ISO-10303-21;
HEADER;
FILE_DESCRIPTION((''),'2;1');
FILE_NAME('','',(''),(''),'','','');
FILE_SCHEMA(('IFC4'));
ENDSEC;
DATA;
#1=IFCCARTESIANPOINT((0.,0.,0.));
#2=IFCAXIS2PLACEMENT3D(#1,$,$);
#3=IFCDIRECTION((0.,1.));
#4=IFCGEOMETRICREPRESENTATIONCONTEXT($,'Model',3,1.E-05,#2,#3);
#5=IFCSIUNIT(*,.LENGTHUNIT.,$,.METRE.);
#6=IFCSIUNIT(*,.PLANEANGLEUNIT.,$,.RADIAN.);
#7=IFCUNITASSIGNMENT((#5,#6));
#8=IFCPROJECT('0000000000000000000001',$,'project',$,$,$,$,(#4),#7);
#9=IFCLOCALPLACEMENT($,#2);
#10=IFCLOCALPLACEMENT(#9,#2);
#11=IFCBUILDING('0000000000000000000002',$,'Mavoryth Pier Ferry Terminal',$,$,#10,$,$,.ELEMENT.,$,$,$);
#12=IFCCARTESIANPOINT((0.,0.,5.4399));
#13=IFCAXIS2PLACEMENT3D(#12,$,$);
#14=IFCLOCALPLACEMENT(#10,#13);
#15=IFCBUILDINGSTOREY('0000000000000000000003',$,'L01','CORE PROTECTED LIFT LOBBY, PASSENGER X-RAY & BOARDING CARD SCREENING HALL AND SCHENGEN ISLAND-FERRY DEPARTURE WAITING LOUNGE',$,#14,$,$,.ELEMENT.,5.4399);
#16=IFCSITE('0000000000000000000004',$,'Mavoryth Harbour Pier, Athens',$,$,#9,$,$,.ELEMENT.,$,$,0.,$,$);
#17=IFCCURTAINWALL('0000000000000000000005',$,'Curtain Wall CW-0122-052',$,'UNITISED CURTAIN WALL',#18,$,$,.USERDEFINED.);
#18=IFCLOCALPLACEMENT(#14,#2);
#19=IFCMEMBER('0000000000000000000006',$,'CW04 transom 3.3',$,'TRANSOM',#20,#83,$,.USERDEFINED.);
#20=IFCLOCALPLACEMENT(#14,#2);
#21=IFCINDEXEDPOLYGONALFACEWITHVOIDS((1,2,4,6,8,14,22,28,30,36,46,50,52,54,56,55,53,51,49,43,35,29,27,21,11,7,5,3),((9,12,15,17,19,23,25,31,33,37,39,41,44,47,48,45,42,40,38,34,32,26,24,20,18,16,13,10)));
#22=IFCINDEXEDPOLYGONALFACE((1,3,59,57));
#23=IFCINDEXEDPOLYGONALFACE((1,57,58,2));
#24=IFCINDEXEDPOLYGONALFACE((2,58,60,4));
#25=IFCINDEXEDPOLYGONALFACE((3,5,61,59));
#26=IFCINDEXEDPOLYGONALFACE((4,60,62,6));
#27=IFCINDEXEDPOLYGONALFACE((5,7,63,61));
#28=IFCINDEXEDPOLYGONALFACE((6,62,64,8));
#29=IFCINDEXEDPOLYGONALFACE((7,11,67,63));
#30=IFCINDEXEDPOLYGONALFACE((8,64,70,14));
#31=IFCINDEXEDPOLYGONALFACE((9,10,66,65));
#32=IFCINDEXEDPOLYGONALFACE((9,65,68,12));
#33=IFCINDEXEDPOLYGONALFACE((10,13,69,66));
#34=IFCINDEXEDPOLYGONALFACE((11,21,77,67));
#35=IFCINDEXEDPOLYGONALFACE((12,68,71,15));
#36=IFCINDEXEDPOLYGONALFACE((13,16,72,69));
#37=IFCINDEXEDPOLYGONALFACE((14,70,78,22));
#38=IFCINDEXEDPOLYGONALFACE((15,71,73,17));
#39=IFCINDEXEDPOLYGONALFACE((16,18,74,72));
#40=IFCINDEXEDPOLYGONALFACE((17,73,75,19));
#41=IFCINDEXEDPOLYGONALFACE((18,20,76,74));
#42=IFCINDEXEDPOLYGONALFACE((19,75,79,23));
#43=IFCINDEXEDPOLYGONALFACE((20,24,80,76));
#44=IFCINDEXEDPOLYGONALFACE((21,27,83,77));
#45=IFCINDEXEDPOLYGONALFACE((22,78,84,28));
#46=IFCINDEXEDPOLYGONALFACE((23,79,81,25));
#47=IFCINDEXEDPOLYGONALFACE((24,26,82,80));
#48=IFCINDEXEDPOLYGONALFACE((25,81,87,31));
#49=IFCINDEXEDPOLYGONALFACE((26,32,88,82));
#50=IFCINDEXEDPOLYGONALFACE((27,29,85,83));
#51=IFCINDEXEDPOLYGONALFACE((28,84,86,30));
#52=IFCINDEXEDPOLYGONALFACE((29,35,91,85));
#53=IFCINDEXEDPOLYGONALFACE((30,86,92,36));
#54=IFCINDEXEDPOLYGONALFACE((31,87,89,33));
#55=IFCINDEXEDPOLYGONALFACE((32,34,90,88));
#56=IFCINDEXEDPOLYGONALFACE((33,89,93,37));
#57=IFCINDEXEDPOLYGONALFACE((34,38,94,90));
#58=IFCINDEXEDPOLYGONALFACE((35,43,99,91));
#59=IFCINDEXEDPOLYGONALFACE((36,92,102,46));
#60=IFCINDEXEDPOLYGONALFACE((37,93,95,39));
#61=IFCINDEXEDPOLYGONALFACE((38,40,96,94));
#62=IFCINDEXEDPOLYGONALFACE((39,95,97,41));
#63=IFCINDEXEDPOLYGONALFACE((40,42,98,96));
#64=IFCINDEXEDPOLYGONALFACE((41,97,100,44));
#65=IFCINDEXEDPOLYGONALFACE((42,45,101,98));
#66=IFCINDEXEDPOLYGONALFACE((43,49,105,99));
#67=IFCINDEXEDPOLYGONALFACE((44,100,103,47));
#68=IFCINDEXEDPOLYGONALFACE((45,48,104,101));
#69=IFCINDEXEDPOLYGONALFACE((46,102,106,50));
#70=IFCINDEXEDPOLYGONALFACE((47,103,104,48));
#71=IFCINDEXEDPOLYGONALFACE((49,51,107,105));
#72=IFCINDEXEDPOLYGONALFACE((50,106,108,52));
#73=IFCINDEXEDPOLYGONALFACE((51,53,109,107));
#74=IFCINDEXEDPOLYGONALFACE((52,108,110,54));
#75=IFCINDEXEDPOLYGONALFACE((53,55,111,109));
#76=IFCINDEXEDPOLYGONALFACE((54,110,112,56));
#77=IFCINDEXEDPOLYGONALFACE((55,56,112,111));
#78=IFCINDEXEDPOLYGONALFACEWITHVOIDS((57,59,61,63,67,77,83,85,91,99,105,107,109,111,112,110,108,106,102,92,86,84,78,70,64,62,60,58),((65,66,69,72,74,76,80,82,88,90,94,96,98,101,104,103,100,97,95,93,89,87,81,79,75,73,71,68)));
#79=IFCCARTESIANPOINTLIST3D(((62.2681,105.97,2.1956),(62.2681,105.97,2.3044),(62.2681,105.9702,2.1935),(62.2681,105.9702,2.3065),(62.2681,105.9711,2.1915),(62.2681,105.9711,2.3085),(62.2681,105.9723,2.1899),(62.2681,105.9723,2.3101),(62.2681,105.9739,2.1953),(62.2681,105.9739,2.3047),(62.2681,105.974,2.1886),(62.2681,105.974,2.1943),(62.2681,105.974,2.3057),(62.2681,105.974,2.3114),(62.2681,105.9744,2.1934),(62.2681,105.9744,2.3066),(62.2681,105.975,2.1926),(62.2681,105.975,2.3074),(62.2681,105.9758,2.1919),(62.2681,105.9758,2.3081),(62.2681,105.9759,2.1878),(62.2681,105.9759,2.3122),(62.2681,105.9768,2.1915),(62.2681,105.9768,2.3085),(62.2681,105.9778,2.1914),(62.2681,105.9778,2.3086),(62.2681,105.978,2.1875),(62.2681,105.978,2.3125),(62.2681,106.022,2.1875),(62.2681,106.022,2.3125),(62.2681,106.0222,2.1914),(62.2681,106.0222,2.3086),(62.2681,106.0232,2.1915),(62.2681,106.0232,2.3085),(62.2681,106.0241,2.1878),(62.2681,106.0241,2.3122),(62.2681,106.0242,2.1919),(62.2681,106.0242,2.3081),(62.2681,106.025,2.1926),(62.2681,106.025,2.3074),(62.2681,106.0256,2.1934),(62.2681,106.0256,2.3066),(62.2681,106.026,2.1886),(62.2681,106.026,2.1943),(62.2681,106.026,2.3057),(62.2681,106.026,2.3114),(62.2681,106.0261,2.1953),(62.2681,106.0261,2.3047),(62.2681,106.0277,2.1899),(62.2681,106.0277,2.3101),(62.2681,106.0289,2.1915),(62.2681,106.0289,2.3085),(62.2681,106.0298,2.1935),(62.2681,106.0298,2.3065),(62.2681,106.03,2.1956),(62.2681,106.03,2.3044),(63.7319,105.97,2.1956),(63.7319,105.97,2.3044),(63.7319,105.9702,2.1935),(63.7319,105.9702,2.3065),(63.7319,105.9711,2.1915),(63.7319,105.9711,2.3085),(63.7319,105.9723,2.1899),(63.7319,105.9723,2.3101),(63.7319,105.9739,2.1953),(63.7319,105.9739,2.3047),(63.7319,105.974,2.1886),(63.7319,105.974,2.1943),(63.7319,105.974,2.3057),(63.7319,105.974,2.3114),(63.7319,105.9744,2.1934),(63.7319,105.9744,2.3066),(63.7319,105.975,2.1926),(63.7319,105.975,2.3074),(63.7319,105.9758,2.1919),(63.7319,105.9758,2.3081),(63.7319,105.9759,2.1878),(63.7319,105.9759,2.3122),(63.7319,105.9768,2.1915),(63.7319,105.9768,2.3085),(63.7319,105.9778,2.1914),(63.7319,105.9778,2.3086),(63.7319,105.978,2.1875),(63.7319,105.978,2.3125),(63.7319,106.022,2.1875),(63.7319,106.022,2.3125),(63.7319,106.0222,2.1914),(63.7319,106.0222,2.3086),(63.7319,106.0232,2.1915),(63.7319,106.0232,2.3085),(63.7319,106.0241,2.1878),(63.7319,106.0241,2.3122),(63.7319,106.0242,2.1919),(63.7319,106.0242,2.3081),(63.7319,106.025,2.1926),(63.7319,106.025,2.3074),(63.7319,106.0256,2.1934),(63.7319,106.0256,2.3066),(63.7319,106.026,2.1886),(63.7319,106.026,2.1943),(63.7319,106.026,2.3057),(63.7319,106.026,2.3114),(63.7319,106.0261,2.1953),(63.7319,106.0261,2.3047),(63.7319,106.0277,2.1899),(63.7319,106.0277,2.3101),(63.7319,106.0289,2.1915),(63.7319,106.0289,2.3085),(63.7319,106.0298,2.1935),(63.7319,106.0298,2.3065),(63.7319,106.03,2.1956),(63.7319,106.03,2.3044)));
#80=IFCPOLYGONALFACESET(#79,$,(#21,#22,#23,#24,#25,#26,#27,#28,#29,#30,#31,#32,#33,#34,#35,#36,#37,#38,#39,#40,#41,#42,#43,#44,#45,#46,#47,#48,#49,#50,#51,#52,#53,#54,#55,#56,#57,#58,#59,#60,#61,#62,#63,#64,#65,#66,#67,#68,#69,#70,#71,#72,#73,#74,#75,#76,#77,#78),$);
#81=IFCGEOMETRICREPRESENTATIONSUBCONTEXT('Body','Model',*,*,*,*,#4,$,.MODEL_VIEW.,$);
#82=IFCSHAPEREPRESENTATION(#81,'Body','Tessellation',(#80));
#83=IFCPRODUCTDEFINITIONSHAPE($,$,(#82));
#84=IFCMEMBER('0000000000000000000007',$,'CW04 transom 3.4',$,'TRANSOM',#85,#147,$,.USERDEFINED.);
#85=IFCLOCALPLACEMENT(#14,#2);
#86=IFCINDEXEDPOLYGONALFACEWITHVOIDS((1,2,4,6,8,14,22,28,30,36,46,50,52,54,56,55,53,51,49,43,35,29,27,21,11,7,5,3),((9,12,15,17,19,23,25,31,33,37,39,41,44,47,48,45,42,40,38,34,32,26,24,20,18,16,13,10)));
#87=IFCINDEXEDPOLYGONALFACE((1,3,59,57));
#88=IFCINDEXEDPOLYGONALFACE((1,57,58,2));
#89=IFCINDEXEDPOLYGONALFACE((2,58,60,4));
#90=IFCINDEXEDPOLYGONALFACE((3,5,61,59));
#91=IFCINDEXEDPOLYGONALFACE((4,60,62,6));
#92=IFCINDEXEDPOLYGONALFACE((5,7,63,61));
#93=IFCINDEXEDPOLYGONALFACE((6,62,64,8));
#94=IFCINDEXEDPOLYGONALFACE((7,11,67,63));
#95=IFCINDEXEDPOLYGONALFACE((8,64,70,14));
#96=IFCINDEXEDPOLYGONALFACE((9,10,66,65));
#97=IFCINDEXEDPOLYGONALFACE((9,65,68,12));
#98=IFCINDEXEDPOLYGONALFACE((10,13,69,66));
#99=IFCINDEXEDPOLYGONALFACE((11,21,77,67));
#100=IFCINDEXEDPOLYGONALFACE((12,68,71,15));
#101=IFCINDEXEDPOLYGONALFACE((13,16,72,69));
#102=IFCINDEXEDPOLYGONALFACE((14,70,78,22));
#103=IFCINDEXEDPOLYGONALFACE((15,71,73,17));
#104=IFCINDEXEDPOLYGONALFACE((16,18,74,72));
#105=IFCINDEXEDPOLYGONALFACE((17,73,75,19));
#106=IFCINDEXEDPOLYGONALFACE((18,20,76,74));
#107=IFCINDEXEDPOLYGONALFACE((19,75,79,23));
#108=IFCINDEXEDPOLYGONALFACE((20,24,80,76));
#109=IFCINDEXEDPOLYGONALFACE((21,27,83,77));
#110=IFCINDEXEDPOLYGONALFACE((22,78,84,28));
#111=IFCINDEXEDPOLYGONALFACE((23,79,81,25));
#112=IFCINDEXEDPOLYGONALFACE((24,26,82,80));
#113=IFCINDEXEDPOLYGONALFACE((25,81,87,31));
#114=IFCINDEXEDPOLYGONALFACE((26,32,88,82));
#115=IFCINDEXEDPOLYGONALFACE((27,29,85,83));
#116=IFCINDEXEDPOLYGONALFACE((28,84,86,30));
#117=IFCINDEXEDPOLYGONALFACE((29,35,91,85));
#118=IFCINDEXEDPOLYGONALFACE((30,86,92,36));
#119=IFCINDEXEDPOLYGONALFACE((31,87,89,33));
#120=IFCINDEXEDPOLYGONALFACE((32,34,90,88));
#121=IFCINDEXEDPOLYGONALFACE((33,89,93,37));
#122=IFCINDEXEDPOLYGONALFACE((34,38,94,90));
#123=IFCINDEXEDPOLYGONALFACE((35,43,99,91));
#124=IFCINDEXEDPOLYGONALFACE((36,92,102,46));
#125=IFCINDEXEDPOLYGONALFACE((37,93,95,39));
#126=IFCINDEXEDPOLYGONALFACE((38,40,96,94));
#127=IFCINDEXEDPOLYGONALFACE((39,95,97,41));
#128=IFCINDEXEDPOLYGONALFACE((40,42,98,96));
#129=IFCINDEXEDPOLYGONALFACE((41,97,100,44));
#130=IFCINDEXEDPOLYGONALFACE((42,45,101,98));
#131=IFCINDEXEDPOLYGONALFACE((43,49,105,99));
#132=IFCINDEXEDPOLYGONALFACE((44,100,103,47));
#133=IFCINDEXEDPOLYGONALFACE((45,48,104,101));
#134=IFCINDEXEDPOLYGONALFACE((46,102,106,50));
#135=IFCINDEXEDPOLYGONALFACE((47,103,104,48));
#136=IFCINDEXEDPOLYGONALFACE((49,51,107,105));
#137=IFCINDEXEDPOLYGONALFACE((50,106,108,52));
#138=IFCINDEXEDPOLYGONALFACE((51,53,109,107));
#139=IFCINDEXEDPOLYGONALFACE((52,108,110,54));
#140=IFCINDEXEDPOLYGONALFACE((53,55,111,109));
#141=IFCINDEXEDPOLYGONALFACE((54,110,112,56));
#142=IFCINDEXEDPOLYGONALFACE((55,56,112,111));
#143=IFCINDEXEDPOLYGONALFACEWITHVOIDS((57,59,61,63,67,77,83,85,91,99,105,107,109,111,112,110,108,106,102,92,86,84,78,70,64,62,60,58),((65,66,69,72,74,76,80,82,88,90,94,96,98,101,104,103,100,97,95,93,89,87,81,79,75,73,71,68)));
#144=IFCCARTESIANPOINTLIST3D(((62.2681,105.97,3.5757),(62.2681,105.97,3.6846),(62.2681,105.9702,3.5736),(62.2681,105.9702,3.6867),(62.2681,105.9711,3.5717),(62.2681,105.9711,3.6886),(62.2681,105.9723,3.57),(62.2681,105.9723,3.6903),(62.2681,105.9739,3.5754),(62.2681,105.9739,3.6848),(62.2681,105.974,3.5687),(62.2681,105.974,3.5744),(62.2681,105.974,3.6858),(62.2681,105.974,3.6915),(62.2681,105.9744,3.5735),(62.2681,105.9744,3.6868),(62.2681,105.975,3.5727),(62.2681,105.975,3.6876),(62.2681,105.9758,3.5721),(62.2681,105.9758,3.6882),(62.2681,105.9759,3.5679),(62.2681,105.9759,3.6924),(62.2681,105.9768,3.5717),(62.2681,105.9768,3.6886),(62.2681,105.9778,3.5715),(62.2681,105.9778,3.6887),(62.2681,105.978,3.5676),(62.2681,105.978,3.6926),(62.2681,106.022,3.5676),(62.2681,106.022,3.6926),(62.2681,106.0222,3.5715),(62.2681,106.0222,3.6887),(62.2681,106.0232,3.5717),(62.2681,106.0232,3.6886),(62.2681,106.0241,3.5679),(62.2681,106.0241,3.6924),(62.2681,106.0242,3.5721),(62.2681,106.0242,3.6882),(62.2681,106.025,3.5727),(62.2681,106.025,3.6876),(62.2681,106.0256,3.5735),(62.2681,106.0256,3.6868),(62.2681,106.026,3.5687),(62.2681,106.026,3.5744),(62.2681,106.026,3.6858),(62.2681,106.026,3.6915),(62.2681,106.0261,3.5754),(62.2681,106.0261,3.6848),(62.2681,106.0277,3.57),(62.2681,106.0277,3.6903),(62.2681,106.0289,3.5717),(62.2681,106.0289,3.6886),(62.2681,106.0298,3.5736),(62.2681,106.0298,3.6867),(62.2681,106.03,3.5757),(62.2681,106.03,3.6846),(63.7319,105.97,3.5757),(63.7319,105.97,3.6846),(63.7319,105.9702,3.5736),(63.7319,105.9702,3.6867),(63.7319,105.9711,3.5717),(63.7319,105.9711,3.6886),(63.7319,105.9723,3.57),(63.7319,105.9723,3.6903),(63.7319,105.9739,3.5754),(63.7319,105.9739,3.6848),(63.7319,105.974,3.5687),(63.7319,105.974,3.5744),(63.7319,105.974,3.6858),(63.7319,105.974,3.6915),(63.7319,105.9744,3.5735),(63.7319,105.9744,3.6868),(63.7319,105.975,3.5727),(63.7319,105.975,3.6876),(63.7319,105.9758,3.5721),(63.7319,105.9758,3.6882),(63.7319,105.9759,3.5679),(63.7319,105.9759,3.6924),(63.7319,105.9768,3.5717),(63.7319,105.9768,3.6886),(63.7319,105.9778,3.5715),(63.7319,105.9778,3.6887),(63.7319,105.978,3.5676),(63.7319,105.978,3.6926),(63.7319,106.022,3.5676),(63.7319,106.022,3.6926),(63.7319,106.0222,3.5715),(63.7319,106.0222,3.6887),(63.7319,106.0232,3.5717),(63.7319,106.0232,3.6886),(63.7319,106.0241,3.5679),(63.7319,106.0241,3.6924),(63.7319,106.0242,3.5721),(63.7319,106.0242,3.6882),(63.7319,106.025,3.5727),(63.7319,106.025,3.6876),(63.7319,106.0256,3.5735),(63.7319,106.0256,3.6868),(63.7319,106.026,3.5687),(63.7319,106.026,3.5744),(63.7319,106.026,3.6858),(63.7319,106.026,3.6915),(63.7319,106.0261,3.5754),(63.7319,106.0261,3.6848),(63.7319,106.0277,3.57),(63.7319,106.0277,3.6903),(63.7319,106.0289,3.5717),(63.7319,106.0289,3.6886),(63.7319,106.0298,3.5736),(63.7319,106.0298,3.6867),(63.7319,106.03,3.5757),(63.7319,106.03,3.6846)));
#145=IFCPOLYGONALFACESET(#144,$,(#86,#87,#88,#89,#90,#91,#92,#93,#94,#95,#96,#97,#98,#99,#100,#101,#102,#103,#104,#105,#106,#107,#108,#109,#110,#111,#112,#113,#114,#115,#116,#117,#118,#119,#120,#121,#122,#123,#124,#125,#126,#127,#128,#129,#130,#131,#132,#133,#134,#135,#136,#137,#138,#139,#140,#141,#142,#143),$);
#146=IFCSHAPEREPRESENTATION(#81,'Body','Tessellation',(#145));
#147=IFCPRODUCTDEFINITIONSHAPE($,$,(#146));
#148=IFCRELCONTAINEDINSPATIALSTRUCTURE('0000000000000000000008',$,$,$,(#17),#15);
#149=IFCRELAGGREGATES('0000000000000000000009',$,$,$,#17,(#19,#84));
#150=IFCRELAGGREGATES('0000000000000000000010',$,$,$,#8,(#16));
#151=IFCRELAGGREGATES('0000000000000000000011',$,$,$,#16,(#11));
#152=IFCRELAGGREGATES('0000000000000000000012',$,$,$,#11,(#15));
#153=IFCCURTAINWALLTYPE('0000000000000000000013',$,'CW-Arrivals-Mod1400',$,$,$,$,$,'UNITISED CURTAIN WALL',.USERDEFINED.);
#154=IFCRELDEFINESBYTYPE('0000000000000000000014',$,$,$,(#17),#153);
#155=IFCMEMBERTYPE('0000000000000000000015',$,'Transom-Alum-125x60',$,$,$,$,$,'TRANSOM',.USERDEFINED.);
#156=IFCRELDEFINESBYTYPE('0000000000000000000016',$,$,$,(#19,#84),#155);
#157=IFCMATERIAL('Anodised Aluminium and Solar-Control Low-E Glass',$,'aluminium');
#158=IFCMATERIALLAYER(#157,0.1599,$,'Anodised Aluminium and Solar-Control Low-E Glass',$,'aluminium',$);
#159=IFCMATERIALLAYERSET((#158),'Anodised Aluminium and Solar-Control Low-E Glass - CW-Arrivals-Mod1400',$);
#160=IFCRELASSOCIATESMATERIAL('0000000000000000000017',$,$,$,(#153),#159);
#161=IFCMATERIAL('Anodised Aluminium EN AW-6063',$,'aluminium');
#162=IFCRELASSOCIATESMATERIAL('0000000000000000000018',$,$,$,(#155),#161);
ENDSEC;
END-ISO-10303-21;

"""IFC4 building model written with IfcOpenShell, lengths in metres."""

from ifc_helpers import new_model, si_unit, direction, frame, origin, origin_2d, place, context, subcontext, project, spatial, hollow_rectangle, extrude, material, layer, layer_set, material_profile, profile_set, type_object, element, aggregate, save


model = new_model("IFC4")

# Units and contexts
model_context = context("Model", 3, precision=1e-05, world=origin(), true_north=direction((0.0, 1.0)))
body_context = subcontext(model_context, "Body", "Model", "MODEL_VIEW")
ifc_project = project(units=[si_unit("LENGTHUNIT", "METRE"), si_unit("PLANEANGLEUNIT", "RADIAN")], contexts=[model_context])

# Site, building, storey
site_placement = place(None, origin())
site = spatial("IfcSite", under=ifc_project, at=site_placement, Name="Mavoryth Harbour Pier, Athens", CompositionType="ELEMENT", RefElevation=0.0)
building_placement = place(site_placement, origin())
building = spatial("IfcBuilding", under=site, at=building_placement, Name="Mavoryth Pier Ferry Terminal", CompositionType="ELEMENT")
storey_placement = place(building_placement, frame((0.0, 0.0, 5.4399)))
storey = spatial("IfcBuildingStorey", under=building, at=storey_placement, Name="L01", Description="CORE PROTECTED LIFT LOBBY, PASSENGER X-RAY & BOARDING CARD SCREENING HALL AND SCHENGEN ISLAND-FERRY DEPARTURE WAITING LOUNGE", CompositionType="ELEMENT", Elevation=5.4399)

# Curtain wall
ifc_material_1 = material(Name="Anodised Aluminium and Solar-Control Low-E Glass", Category="aluminium")
ifc_layer_1 = layer(ifc_material_1, 0.1599, Name="Anodised Aluminium and Solar-Control Low-E Glass", Category="aluminium")
ifc_layer_set_1 = layer_set([ifc_layer_1], Name="Anodised Aluminium and Solar-Control Low-E Glass - CW-Arrivals-Mod1400")
curtain_wall_type = type_object("IfcCurtainWallType", Name="CW-Arrivals-Mod1400", ElementType="UNITISED CURTAIN WALL", PredefinedType="USERDEFINED", material=ifc_layer_set_1)
curtain_wall_placement = place(storey_placement, origin())
curtain_wall = element("IfcCurtainWall", 1, at=curtain_wall_placement, inside=storey, type_object=curtain_wall_type, Name="Curtain Wall CW-0122-052", ObjectType="UNITISED CURTAIN WALL", PredefinedType="USERDEFINED")
ifc_material_2 = material(Name="Anodised Aluminium EN AW-6063", Category="aluminium")

# Members
ifc_material_profile_1 = material_profile(ifc_material_2, hollow_rectangle(XDim=0.0601, YDim=0.125, WallThickness=0.0039, InnerFilletRadius=0.0039, OuterFilletRadius=0.0081, at=origin_2d()), Name="AL-TRAN 125x60x4", Category="aluminium")
ifc_profile_set_1 = profile_set([ifc_material_profile_1], Name="Anodised Aluminium EN AW-6063 - AL-TRAN 125x60x4")
member_type_1 = type_object("IfcMemberType", Name="Transom-Alum-125x60", ElementType="TRANSOM", PredefinedType="USERDEFINED", material=ifc_profile_set_1)
member_1_placement = place(storey_placement, frame((63.7319, 106.0, 2.25), z_axis=(-1.0, 0.0, 0.0), x_axis=(0.0, -1.0, 0.0)))
member_1 = element("IfcMember", 2, at=member_1_placement, type_object=member_type_1, Name="CW04 transom 3.3", ObjectType="TRANSOM", PredefinedType="USERDEFINED", context=body_context, shape_type="SweptSolid", body=[
    extrude(hollow_rectangle(XDim=0.0601, YDim=0.125, WallThickness=0.0039, InnerFilletRadius=0.0039, OuterFilletRadius=0.0081, at=origin_2d()), origin(), (0.0, 0.0, 1.0), 1.4639),
])
member_2_placement = place(storey_placement, frame((63.7319, 106.0, 3.6301), z_axis=(-1.0, 0.0, 0.0), x_axis=(0.0, -1.0, 0.0)))
member_2 = element("IfcMember", 3, at=member_2_placement, type_object=member_type_1, Name="CW04 transom 3.4", ObjectType="TRANSOM", PredefinedType="USERDEFINED", context=body_context, shape_type="SweptSolid", body=[
    extrude(hollow_rectangle(XDim=0.0601, YDim=0.125, WallThickness=0.0039, InnerFilletRadius=0.0039, OuterFilletRadius=0.0081, at=origin_2d()), origin(), (0.0, 0.0, 1.0), 1.4639),
])

aggregate(curtain_wall, [member_1, member_2])

save(model, "model.ifc")
